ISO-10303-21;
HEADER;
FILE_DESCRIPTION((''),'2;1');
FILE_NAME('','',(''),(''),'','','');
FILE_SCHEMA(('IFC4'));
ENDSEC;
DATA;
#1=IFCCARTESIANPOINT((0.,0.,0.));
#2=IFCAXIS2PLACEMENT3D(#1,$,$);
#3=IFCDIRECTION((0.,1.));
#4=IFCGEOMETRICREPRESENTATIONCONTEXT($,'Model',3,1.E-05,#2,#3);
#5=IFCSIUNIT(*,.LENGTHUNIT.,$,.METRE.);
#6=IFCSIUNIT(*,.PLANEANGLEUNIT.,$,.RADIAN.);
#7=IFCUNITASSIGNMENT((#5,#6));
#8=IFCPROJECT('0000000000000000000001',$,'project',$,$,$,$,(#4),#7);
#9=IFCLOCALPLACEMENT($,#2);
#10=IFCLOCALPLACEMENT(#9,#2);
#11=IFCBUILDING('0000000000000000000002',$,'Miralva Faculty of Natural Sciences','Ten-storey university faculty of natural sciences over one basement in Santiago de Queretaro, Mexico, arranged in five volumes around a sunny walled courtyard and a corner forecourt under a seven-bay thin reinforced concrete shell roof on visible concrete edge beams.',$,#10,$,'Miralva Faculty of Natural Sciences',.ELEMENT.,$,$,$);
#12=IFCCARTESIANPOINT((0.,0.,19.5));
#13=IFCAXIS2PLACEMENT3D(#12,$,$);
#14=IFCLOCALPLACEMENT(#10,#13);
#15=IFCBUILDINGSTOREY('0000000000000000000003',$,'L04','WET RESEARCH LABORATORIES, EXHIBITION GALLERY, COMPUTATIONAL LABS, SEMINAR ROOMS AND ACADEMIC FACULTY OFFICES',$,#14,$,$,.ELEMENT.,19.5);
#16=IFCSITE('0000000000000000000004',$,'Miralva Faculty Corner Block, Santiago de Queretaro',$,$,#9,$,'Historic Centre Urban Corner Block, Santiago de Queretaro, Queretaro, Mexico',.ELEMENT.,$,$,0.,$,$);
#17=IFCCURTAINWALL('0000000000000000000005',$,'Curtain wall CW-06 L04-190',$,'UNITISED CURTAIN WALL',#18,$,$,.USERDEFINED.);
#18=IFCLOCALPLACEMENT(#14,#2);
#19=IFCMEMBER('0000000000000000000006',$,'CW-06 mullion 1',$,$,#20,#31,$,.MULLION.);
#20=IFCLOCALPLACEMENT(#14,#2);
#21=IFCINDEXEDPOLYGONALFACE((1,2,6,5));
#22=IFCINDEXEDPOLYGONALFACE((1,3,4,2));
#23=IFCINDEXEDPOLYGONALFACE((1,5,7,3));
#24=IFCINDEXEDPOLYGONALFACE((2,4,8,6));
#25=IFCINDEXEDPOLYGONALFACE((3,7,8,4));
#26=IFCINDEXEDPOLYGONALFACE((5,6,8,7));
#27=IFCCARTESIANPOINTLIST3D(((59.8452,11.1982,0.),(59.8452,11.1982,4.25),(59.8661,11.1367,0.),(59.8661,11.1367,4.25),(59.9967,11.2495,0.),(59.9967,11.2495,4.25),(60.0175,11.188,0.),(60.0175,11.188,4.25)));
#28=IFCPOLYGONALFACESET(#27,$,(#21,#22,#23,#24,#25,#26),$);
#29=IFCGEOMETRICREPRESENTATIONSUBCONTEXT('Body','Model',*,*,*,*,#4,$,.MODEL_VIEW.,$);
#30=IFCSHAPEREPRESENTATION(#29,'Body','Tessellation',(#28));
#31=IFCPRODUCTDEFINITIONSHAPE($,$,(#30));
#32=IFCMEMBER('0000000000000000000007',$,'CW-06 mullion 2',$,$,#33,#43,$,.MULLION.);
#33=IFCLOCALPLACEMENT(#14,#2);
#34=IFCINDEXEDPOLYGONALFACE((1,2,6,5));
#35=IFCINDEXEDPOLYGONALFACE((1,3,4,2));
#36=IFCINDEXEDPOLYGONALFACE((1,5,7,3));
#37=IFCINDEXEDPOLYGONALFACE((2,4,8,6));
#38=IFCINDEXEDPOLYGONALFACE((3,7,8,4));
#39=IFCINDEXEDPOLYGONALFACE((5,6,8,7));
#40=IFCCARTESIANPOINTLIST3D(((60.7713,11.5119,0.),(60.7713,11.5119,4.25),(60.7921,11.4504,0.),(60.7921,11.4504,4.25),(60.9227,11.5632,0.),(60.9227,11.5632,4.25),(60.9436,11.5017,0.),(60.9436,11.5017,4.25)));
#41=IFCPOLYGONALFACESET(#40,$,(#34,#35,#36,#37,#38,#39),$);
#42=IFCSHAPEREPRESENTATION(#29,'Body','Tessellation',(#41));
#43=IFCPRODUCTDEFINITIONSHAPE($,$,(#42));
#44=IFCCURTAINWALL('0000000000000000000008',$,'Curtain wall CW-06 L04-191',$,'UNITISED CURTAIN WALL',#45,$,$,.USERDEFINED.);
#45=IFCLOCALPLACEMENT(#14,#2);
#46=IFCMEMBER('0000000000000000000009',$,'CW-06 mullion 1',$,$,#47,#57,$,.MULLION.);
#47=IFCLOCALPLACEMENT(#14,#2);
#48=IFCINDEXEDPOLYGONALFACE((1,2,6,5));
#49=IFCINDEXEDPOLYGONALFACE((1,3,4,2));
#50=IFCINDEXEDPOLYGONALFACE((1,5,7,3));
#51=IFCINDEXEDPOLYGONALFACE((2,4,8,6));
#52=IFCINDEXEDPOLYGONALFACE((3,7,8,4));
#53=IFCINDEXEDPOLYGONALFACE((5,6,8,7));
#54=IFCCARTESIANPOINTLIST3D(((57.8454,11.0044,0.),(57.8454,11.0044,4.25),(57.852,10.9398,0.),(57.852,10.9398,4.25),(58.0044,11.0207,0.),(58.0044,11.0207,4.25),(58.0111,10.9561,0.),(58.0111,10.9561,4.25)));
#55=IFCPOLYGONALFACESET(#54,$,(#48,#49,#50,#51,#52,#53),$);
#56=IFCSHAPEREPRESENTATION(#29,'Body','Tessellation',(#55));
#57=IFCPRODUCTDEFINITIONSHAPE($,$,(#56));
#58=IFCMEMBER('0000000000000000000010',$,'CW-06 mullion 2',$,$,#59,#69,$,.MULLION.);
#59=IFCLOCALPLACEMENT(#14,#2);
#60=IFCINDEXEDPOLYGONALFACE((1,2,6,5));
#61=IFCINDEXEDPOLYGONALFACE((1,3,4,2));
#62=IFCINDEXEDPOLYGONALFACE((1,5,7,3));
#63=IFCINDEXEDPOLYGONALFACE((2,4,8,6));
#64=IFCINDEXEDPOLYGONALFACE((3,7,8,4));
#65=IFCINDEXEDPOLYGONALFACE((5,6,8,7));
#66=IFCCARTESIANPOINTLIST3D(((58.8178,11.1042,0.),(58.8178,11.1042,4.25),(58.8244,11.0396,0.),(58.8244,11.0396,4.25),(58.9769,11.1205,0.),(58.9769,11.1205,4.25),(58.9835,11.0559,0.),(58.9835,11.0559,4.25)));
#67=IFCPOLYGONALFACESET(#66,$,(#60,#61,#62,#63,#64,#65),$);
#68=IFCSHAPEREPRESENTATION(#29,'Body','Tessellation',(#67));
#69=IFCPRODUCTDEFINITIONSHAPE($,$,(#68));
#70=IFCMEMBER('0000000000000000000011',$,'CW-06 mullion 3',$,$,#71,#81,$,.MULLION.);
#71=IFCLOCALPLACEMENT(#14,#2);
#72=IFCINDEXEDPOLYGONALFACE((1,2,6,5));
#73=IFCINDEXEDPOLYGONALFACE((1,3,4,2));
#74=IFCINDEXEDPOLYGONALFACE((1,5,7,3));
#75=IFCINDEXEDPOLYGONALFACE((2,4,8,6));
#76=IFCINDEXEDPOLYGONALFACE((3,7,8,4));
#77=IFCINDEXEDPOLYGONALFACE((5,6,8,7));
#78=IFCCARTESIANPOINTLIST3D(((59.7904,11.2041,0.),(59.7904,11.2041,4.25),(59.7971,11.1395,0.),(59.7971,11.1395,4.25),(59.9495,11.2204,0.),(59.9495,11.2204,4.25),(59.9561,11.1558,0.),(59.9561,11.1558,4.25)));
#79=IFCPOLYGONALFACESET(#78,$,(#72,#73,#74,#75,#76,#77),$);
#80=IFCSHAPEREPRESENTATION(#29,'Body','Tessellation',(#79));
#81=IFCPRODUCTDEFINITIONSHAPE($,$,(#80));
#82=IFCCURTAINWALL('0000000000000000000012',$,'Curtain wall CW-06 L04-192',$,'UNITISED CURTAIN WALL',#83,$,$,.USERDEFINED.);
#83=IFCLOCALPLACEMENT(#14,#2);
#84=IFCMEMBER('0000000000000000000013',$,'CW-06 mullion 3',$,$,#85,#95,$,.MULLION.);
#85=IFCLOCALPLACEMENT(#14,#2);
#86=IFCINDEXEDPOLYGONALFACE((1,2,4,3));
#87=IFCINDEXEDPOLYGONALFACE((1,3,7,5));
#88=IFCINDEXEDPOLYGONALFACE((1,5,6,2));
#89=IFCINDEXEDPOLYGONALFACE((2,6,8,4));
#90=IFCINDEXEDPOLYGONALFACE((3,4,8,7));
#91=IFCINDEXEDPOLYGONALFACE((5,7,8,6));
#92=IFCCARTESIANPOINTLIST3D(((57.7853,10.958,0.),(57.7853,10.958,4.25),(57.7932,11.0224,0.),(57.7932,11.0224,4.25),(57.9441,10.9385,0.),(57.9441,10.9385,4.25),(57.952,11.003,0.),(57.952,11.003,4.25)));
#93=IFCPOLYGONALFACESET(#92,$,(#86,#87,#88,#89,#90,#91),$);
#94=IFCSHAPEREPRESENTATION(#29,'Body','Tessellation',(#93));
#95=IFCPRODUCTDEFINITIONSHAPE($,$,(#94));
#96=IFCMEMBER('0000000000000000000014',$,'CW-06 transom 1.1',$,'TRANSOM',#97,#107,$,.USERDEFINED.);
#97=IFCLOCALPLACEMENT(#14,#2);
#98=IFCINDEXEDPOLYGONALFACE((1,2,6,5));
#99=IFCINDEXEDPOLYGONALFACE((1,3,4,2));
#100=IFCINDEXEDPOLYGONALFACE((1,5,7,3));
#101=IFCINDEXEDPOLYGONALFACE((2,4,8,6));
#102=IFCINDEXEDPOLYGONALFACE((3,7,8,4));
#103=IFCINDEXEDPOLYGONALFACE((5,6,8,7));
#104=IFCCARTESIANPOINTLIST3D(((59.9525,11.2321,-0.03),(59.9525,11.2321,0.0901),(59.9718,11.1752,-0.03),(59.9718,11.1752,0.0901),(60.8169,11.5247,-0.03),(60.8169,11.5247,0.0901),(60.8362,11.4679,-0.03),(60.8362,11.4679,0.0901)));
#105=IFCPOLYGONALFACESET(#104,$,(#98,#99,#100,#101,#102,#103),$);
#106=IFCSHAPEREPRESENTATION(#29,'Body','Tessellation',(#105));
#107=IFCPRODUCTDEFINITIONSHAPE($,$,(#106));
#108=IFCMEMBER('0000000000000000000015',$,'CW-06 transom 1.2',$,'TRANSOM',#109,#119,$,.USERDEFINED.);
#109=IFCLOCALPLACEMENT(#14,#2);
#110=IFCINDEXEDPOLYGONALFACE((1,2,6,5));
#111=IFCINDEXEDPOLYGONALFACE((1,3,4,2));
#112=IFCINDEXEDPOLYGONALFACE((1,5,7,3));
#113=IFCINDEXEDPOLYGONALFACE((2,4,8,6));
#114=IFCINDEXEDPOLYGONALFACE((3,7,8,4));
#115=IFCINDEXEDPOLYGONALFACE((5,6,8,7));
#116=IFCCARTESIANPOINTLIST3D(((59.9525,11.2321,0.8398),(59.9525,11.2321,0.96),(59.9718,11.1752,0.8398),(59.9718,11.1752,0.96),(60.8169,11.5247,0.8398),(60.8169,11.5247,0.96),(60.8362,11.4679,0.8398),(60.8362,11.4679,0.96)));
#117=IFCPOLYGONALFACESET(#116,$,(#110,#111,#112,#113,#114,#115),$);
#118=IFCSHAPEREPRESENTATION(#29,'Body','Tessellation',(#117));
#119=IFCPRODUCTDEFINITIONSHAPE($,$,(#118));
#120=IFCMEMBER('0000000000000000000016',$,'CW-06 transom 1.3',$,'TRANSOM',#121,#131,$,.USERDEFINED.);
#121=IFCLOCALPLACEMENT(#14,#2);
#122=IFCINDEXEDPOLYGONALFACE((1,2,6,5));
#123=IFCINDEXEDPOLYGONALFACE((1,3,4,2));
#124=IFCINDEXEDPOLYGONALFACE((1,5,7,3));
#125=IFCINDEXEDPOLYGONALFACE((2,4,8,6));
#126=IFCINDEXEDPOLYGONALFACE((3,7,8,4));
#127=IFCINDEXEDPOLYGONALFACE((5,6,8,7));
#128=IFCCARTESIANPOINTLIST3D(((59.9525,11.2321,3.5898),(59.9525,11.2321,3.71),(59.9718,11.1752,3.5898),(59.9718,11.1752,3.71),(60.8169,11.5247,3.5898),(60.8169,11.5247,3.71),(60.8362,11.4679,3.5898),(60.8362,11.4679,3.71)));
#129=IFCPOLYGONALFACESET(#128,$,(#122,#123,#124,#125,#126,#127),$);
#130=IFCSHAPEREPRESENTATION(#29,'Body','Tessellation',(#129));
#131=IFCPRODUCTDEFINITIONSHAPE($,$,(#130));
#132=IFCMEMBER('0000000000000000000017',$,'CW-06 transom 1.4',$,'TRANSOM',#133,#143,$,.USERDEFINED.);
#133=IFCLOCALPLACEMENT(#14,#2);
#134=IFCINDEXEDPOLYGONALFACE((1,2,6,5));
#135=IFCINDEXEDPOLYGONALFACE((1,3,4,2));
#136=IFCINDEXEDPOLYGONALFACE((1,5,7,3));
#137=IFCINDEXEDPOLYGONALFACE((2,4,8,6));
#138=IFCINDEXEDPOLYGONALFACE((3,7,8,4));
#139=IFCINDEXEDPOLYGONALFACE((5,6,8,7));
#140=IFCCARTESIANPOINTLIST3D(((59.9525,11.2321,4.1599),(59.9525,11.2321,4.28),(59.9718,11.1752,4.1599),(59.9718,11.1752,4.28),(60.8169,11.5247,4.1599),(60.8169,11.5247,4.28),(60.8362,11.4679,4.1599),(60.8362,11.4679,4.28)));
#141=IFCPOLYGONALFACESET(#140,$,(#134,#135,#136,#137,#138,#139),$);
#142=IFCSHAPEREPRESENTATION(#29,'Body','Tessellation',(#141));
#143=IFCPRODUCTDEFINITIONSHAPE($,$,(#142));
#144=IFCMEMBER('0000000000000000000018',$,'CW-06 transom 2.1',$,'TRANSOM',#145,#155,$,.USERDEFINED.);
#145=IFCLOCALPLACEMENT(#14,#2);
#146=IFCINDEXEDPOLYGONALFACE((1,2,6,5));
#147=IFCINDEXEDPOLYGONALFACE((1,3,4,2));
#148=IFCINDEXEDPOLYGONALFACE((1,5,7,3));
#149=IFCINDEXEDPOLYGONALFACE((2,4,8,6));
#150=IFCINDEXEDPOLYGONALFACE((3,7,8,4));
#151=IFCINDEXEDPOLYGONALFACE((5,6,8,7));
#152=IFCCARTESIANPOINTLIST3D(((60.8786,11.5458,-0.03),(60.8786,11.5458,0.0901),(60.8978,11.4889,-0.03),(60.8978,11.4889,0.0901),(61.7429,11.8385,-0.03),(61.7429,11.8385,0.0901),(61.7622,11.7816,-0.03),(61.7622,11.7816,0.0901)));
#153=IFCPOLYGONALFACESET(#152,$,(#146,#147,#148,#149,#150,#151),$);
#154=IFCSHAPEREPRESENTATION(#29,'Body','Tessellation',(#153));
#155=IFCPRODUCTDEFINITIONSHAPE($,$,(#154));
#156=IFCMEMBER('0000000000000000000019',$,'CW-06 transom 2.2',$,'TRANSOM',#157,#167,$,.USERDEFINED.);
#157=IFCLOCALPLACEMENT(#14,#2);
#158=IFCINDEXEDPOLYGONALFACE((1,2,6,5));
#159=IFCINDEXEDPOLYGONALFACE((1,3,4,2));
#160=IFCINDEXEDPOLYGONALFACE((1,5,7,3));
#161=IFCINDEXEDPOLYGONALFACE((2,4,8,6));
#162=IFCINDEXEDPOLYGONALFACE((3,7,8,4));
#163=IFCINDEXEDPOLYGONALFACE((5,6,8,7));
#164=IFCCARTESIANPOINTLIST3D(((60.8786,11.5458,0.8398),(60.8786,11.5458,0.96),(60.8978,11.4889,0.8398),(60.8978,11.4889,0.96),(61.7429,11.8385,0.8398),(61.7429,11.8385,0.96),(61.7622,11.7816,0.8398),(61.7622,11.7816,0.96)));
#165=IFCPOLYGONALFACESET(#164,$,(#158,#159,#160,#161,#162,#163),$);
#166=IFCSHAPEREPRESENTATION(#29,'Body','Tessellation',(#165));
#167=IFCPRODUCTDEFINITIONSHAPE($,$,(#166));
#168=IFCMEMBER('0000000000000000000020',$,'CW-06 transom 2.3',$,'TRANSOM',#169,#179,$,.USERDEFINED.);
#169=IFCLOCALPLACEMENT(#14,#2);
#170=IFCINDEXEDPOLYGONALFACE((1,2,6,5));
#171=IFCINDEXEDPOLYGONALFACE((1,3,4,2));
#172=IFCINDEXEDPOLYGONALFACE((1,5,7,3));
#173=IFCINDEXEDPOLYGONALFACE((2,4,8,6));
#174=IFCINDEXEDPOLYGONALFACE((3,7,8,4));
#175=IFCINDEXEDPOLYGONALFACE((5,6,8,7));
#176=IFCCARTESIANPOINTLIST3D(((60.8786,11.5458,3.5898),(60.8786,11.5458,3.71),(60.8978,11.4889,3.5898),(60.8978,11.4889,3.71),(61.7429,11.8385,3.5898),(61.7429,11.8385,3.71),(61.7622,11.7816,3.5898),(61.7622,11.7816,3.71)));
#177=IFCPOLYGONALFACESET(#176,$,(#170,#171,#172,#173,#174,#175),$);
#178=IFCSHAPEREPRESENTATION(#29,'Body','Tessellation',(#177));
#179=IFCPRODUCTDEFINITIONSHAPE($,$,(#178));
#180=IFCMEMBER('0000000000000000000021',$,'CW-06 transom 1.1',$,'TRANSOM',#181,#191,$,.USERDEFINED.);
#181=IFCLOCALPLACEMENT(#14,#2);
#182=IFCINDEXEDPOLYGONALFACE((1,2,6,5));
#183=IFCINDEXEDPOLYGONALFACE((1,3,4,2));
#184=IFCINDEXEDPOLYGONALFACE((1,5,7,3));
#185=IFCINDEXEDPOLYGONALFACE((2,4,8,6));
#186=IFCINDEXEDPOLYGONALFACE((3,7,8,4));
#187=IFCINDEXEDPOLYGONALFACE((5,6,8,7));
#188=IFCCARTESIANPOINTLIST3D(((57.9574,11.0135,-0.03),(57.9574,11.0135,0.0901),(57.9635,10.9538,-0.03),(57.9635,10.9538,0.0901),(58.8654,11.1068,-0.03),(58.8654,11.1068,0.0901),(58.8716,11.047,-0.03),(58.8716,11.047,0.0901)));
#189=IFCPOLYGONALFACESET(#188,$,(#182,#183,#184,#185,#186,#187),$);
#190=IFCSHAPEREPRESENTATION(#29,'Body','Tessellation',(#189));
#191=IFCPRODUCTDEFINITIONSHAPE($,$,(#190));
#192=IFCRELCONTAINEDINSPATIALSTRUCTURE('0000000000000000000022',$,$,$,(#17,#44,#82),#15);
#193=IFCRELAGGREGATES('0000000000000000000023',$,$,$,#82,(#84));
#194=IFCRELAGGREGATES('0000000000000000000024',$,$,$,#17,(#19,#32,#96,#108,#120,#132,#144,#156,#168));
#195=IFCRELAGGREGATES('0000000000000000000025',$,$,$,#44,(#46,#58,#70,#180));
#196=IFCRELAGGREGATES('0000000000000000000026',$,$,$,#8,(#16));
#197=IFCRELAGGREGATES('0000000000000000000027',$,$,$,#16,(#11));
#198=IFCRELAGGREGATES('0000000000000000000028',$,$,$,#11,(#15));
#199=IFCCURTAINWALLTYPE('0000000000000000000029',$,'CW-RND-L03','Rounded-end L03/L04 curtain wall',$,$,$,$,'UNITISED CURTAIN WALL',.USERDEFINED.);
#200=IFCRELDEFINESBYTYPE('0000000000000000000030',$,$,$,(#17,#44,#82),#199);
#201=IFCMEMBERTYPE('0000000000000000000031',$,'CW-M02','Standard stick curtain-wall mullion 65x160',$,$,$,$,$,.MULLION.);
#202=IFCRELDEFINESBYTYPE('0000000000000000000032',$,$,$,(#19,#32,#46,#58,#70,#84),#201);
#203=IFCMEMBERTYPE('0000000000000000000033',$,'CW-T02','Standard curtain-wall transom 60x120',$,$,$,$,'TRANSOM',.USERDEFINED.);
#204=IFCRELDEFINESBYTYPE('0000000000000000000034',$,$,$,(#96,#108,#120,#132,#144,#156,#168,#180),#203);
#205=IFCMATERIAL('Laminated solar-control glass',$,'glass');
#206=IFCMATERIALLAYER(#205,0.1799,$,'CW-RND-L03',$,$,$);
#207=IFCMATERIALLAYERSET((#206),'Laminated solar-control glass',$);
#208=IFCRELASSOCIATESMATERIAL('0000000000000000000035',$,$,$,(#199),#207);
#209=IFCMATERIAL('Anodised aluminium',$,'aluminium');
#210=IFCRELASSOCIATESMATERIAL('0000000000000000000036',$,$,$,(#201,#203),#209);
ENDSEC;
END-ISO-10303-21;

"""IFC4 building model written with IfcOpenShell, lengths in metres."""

from ifc_helpers import new_model, si_unit, direction, frame, origin, origin_2d, place, context, subcontext, project, spatial, rectangle, extrude, material, layer, layer_set, material_profile, profile_set, type_object, element, aggregate, save


model = new_model("IFC4")

# Units and contexts
model_context = context("Model", 3, precision=1e-05, world=origin(), true_north=direction((0.0, 1.0)))
body_context = subcontext(model_context, "Body", "Model", "MODEL_VIEW")
ifc_project = project(units=[si_unit("LENGTHUNIT", "METRE"), si_unit("PLANEANGLEUNIT", "RADIAN")], contexts=[model_context])

# Site, building, storey
site_placement = place(None, origin())
site = spatial("IfcSite", under=ifc_project, at=site_placement, Name="Miralva Faculty Corner Block, Santiago de Queretaro", LongName="Historic Centre Urban Corner Block, Santiago de Queretaro, Queretaro, Mexico", CompositionType="ELEMENT", RefElevation=0.0)
building_placement = place(site_placement, origin())
building = spatial("IfcBuilding", under=site, at=building_placement, Name="Miralva Faculty of Natural Sciences", Description="Ten-storey university faculty of natural sciences over one basement in Santiago de Queretaro, Mexico, arranged in five volumes around a sunny walled courtyard and a corner forecourt under a seven-bay thin reinforced concrete shell roof on visible concrete edge beams.", LongName="Miralva Faculty of Natural Sciences", CompositionType="ELEMENT")
storey_placement = place(building_placement, frame((0.0, 0.0, 19.5)))
storey = spatial("IfcBuildingStorey", under=building, at=storey_placement, Name="L04", Description="WET RESEARCH LABORATORIES, EXHIBITION GALLERY, COMPUTATIONAL LABS, SEMINAR ROOMS AND ACADEMIC FACULTY OFFICES", CompositionType="ELEMENT", Elevation=19.5)

# Curtain walls, members
ifc_material_1 = material(Name="Laminated solar-control glass", Category="glass")
ifc_layer_1 = layer(ifc_material_1, 0.1799, Name="CW-RND-L03")
ifc_layer_set_1 = layer_set([ifc_layer_1], Name="Laminated solar-control glass")
curtain_wall_type = type_object("IfcCurtainWallType", Name="CW-RND-L03", Description="Rounded-end L03/L04 curtain wall", ElementType="UNITISED CURTAIN WALL", PredefinedType="USERDEFINED", material=ifc_layer_set_1)
curtain_wall_1_placement = place(storey_placement, origin())
curtain_wall_1 = element("IfcCurtainWall", 1, at=curtain_wall_1_placement, inside=storey, type_object=curtain_wall_type, Name="Curtain wall CW-06 L04-190", ObjectType="UNITISED CURTAIN WALL", PredefinedType="USERDEFINED")
ifc_material_2 = material(Name="Anodised aluminium", Category="aluminium")
ifc_material_profile_1 = material_profile(ifc_material_2, rectangle(XDim=0.0649, YDim=0.1599, at=origin_2d()), Name="MULLION 65x160")
ifc_profile_set_1 = profile_set([ifc_material_profile_1], Name="Anodised aluminium")
member_type_1 = type_object("IfcMemberType", Name="CW-M02", Description="Standard stick curtain-wall mullion 65x160", PredefinedType="MULLION", material=ifc_profile_set_1)
member_1_placement = place(storey_placement, frame((59.9314, 11.1931, 0.0), z_axis=(0.0, 0.0, 1.0), x_axis=(-0.320842, 0.947133, 0.0)))
member_1 = element("IfcMember", 2, at=member_1_placement, type_object=member_type_1, Name="CW-06 mullion 1", PredefinedType="MULLION", context=body_context, shape_type="SweptSolid", body=[
    extrude(rectangle(XDim=0.0649, YDim=0.1599, at=origin_2d()), origin(), (0.0, 0.0, 1.0), 4.25),
])
member_2_placement = place(storey_placement, frame((60.8574, 11.5068, 0.0), z_axis=(0.0, 0.0, 1.0), x_axis=(-0.320842, 0.947133, 0.0)))
member_2 = element("IfcMember", 3, at=member_2_placement, type_object=member_type_1, Name="CW-06 mullion 2", PredefinedType="MULLION", context=body_context, shape_type="SweptSolid", body=[
    extrude(rectangle(XDim=0.0649, YDim=0.1599, at=origin_2d()), origin(), (0.0, 0.0, 1.0), 4.25),
])
curtain_wall_2_placement = place(storey_placement, origin())
curtain_wall_2 = element("IfcCurtainWall", 4, at=curtain_wall_2_placement, inside=storey, type_object=curtain_wall_type, Name="Curtain wall CW-06 L04-191", ObjectType="UNITISED CURTAIN WALL", PredefinedType="USERDEFINED")
member_3_placement = place(storey_placement, frame((57.9282, 10.9802, 0.0), z_axis=(0.0, 0.0, 1.0), x_axis=(-0.102056, 0.994779, 0.0)))
member_3 = element("IfcMember", 5, at=member_3_placement, type_object=member_type_1, Name="CW-06 mullion 1", PredefinedType="MULLION", context=body_context, shape_type="SweptSolid", body=[
    extrude(rectangle(XDim=0.0649, YDim=0.1599, at=origin_2d()), origin(), (0.0, 0.0, 1.0), 4.25),
])
member_4_placement = place(storey_placement, frame((58.9006, 11.0801, 0.0), z_axis=(0.0, 0.0, 1.0), x_axis=(-0.102056, 0.994779, 0.0)))
member_4 = element("IfcMember", 6, at=member_4_placement, type_object=member_type_1, Name="CW-06 mullion 2", PredefinedType="MULLION", context=body_context, shape_type="SweptSolid", body=[
    extrude(rectangle(XDim=0.0649, YDim=0.1599, at=origin_2d()), origin(), (0.0, 0.0, 1.0), 4.25),
])
member_5_placement = place(storey_placement, frame((59.8733, 11.1799, 0.0), z_axis=(0.0, 0.0, 1.0), x_axis=(-0.102056, 0.994779, 0.0)))
member_5 = element("IfcMember", 7, at=member_5_placement, type_object=member_type_1, Name="CW-06 mullion 3", PredefinedType="MULLION", context=body_context, shape_type="SweptSolid", body=[
    extrude(rectangle(XDim=0.0649, YDim=0.1599, at=origin_2d()), origin(), (0.0, 0.0, 1.0), 4.25),
])

# Curtain wall, member
curtain_wall_3_placement = place(storey_placement, origin())
curtain_wall_3 = element("IfcCurtainWall", 8, at=curtain_wall_3_placement, inside=storey, type_object=curtain_wall_type, Name="Curtain wall CW-06 L04-192", ObjectType="UNITISED CURTAIN WALL", PredefinedType="USERDEFINED")
member_6_placement = place(storey_placement, frame((57.8687, 10.9805, 0.0), z_axis=(0.0, 0.0, 1.0), x_axis=(0.12186, 0.992547, 0.0)))
member_6 = element("IfcMember", 9, at=member_6_placement, type_object=member_type_1, Name="CW-06 mullion 3", PredefinedType="MULLION", context=body_context, shape_type="SweptSolid", body=[
    extrude(rectangle(XDim=0.0649, YDim=0.1599, at=origin_2d()), origin(), (0.0, 0.0, 1.0), 4.25),
])
aggregate(curtain_wall_3, [member_6])

# Members
ifc_material_profile_2 = material_profile(ifc_material_2, rectangle(XDim=0.0601, YDim=0.1201, at=origin_2d()), Name="TRANSOM 60x120")
ifc_profile_set_2 = profile_set([ifc_material_profile_2], Name="Anodised aluminium")
member_type_2 = type_object("IfcMemberType", Name="CW-T02", Description="Standard curtain-wall transom 60x120", ElementType="TRANSOM", PredefinedType="USERDEFINED", material=ifc_profile_set_2)
member_7_placement = place(storey_placement, frame((59.9622, 11.2036, 0.03), z_axis=(0.947175, 0.320718, 0.0), x_axis=(-0.320718, 0.947175, 0.0)))
member_7 = element("IfcMember", 10, at=member_7_placement, type_object=member_type_2, Name="CW-06 transom 1.1", ObjectType="TRANSOM", PredefinedType="USERDEFINED", context=body_context, shape_type="SweptSolid", body=[
    extrude(rectangle(XDim=0.0601, YDim=0.1201, at=origin_2d()), origin(), (0.0, 0.0, 1.0), 0.9126),
])
member_8_placement = place(storey_placement, frame((59.9622, 11.2036, 0.8999), z_axis=(0.947175, 0.320718, 0.0), x_axis=(-0.320718, 0.947175, 0.0)))
member_8 = element("IfcMember", 11, at=member_8_placement, type_object=member_type_2, Name="CW-06 transom 1.2", ObjectType="TRANSOM", PredefinedType="USERDEFINED", context=body_context, shape_type="SweptSolid", body=[
    extrude(rectangle(XDim=0.0601, YDim=0.1201, at=origin_2d()), origin(), (0.0, 0.0, 1.0), 0.9126),
])
member_9_placement = place(storey_placement, frame((59.9622, 11.2036, 3.6499), z_axis=(0.947175, 0.320718, 0.0), x_axis=(-0.320718, 0.947175, 0.0)))
member_9 = element("IfcMember", 12, at=member_9_placement, type_object=member_type_2, Name="CW-06 transom 1.3", ObjectType="TRANSOM", PredefinedType="USERDEFINED", context=body_context, shape_type="SweptSolid", body=[
    extrude(rectangle(XDim=0.0601, YDim=0.1201, at=origin_2d()), origin(), (0.0, 0.0, 1.0), 0.9126),
])
member_10_placement = place(storey_placement, frame((59.9622, 11.2036, 4.22), z_axis=(0.947175, 0.320718, 0.0), x_axis=(-0.320718, 0.947175, 0.0)))
member_10 = element("IfcMember", 13, at=member_10_placement, type_object=member_type_2, Name="CW-06 transom 1.4", ObjectType="TRANSOM", PredefinedType="USERDEFINED", context=body_context, shape_type="SweptSolid", body=[
    extrude(rectangle(XDim=0.0601, YDim=0.1201, at=origin_2d()), origin(), (0.0, 0.0, 1.0), 0.9126),
])
member_11_placement = place(storey_placement, frame((60.8882, 11.5173, 0.03), z_axis=(0.947175, 0.320718, 0.0), x_axis=(-0.320718, 0.947175, 0.0)))
member_11 = element("IfcMember", 14, at=member_11_placement, type_object=member_type_2, Name="CW-06 transom 2.1", ObjectType="TRANSOM", PredefinedType="USERDEFINED", context=body_context, shape_type="SweptSolid", body=[
    extrude(rectangle(XDim=0.0601, YDim=0.1201, at=origin_2d()), origin(), (0.0, 0.0, 1.0), 0.9126),
])
member_12_placement = place(storey_placement, frame((60.8882, 11.5173, 0.8999), z_axis=(0.947175, 0.320718, 0.0), x_axis=(-0.320718, 0.947175, 0.0)))
member_12 = element("IfcMember", 15, at=member_12_placement, type_object=member_type_2, Name="CW-06 transom 2.2", ObjectType="TRANSOM", PredefinedType="USERDEFINED", context=body_context, shape_type="SweptSolid", body=[
    extrude(rectangle(XDim=0.0601, YDim=0.1201, at=origin_2d()), origin(), (0.0, 0.0, 1.0), 0.9126),
])
member_13_placement = place(storey_placement, frame((60.8882, 11.5173, 3.6499), z_axis=(0.947175, 0.320718, 0.0), x_axis=(-0.320718, 0.947175, 0.0)))
member_13 = element("IfcMember", 16, at=member_13_placement, type_object=member_type_2, Name="CW-06 transom 2.3", ObjectType="TRANSOM", PredefinedType="USERDEFINED", context=body_context, shape_type="SweptSolid", body=[
    extrude(rectangle(XDim=0.0601, YDim=0.1201, at=origin_2d()), origin(), (0.0, 0.0, 1.0), 0.9126),
])
member_14_placement = place(storey_placement, frame((57.9604, 10.9836, 0.03), z_axis=(0.994766, 0.102178, 0.0), x_axis=(-0.102178, 0.994766, 0.0)))
member_14 = element("IfcMember", 17, at=member_14_placement, type_object=member_type_2, Name="CW-06 transom 1.1", ObjectType="TRANSOM", PredefinedType="USERDEFINED", context=body_context, shape_type="SweptSolid", body=[
    extrude(rectangle(XDim=0.0601, YDim=0.1201, at=origin_2d()), origin(), (0.0, 0.0, 1.0), 0.9128),
])

aggregate(curtain_wall_1, [member_1, member_2, member_7, member_8, member_9, member_10, member_11, member_12, member_13])
aggregate(curtain_wall_2, [member_3, member_4, member_5, member_14])

save(model, "model.ifc")
